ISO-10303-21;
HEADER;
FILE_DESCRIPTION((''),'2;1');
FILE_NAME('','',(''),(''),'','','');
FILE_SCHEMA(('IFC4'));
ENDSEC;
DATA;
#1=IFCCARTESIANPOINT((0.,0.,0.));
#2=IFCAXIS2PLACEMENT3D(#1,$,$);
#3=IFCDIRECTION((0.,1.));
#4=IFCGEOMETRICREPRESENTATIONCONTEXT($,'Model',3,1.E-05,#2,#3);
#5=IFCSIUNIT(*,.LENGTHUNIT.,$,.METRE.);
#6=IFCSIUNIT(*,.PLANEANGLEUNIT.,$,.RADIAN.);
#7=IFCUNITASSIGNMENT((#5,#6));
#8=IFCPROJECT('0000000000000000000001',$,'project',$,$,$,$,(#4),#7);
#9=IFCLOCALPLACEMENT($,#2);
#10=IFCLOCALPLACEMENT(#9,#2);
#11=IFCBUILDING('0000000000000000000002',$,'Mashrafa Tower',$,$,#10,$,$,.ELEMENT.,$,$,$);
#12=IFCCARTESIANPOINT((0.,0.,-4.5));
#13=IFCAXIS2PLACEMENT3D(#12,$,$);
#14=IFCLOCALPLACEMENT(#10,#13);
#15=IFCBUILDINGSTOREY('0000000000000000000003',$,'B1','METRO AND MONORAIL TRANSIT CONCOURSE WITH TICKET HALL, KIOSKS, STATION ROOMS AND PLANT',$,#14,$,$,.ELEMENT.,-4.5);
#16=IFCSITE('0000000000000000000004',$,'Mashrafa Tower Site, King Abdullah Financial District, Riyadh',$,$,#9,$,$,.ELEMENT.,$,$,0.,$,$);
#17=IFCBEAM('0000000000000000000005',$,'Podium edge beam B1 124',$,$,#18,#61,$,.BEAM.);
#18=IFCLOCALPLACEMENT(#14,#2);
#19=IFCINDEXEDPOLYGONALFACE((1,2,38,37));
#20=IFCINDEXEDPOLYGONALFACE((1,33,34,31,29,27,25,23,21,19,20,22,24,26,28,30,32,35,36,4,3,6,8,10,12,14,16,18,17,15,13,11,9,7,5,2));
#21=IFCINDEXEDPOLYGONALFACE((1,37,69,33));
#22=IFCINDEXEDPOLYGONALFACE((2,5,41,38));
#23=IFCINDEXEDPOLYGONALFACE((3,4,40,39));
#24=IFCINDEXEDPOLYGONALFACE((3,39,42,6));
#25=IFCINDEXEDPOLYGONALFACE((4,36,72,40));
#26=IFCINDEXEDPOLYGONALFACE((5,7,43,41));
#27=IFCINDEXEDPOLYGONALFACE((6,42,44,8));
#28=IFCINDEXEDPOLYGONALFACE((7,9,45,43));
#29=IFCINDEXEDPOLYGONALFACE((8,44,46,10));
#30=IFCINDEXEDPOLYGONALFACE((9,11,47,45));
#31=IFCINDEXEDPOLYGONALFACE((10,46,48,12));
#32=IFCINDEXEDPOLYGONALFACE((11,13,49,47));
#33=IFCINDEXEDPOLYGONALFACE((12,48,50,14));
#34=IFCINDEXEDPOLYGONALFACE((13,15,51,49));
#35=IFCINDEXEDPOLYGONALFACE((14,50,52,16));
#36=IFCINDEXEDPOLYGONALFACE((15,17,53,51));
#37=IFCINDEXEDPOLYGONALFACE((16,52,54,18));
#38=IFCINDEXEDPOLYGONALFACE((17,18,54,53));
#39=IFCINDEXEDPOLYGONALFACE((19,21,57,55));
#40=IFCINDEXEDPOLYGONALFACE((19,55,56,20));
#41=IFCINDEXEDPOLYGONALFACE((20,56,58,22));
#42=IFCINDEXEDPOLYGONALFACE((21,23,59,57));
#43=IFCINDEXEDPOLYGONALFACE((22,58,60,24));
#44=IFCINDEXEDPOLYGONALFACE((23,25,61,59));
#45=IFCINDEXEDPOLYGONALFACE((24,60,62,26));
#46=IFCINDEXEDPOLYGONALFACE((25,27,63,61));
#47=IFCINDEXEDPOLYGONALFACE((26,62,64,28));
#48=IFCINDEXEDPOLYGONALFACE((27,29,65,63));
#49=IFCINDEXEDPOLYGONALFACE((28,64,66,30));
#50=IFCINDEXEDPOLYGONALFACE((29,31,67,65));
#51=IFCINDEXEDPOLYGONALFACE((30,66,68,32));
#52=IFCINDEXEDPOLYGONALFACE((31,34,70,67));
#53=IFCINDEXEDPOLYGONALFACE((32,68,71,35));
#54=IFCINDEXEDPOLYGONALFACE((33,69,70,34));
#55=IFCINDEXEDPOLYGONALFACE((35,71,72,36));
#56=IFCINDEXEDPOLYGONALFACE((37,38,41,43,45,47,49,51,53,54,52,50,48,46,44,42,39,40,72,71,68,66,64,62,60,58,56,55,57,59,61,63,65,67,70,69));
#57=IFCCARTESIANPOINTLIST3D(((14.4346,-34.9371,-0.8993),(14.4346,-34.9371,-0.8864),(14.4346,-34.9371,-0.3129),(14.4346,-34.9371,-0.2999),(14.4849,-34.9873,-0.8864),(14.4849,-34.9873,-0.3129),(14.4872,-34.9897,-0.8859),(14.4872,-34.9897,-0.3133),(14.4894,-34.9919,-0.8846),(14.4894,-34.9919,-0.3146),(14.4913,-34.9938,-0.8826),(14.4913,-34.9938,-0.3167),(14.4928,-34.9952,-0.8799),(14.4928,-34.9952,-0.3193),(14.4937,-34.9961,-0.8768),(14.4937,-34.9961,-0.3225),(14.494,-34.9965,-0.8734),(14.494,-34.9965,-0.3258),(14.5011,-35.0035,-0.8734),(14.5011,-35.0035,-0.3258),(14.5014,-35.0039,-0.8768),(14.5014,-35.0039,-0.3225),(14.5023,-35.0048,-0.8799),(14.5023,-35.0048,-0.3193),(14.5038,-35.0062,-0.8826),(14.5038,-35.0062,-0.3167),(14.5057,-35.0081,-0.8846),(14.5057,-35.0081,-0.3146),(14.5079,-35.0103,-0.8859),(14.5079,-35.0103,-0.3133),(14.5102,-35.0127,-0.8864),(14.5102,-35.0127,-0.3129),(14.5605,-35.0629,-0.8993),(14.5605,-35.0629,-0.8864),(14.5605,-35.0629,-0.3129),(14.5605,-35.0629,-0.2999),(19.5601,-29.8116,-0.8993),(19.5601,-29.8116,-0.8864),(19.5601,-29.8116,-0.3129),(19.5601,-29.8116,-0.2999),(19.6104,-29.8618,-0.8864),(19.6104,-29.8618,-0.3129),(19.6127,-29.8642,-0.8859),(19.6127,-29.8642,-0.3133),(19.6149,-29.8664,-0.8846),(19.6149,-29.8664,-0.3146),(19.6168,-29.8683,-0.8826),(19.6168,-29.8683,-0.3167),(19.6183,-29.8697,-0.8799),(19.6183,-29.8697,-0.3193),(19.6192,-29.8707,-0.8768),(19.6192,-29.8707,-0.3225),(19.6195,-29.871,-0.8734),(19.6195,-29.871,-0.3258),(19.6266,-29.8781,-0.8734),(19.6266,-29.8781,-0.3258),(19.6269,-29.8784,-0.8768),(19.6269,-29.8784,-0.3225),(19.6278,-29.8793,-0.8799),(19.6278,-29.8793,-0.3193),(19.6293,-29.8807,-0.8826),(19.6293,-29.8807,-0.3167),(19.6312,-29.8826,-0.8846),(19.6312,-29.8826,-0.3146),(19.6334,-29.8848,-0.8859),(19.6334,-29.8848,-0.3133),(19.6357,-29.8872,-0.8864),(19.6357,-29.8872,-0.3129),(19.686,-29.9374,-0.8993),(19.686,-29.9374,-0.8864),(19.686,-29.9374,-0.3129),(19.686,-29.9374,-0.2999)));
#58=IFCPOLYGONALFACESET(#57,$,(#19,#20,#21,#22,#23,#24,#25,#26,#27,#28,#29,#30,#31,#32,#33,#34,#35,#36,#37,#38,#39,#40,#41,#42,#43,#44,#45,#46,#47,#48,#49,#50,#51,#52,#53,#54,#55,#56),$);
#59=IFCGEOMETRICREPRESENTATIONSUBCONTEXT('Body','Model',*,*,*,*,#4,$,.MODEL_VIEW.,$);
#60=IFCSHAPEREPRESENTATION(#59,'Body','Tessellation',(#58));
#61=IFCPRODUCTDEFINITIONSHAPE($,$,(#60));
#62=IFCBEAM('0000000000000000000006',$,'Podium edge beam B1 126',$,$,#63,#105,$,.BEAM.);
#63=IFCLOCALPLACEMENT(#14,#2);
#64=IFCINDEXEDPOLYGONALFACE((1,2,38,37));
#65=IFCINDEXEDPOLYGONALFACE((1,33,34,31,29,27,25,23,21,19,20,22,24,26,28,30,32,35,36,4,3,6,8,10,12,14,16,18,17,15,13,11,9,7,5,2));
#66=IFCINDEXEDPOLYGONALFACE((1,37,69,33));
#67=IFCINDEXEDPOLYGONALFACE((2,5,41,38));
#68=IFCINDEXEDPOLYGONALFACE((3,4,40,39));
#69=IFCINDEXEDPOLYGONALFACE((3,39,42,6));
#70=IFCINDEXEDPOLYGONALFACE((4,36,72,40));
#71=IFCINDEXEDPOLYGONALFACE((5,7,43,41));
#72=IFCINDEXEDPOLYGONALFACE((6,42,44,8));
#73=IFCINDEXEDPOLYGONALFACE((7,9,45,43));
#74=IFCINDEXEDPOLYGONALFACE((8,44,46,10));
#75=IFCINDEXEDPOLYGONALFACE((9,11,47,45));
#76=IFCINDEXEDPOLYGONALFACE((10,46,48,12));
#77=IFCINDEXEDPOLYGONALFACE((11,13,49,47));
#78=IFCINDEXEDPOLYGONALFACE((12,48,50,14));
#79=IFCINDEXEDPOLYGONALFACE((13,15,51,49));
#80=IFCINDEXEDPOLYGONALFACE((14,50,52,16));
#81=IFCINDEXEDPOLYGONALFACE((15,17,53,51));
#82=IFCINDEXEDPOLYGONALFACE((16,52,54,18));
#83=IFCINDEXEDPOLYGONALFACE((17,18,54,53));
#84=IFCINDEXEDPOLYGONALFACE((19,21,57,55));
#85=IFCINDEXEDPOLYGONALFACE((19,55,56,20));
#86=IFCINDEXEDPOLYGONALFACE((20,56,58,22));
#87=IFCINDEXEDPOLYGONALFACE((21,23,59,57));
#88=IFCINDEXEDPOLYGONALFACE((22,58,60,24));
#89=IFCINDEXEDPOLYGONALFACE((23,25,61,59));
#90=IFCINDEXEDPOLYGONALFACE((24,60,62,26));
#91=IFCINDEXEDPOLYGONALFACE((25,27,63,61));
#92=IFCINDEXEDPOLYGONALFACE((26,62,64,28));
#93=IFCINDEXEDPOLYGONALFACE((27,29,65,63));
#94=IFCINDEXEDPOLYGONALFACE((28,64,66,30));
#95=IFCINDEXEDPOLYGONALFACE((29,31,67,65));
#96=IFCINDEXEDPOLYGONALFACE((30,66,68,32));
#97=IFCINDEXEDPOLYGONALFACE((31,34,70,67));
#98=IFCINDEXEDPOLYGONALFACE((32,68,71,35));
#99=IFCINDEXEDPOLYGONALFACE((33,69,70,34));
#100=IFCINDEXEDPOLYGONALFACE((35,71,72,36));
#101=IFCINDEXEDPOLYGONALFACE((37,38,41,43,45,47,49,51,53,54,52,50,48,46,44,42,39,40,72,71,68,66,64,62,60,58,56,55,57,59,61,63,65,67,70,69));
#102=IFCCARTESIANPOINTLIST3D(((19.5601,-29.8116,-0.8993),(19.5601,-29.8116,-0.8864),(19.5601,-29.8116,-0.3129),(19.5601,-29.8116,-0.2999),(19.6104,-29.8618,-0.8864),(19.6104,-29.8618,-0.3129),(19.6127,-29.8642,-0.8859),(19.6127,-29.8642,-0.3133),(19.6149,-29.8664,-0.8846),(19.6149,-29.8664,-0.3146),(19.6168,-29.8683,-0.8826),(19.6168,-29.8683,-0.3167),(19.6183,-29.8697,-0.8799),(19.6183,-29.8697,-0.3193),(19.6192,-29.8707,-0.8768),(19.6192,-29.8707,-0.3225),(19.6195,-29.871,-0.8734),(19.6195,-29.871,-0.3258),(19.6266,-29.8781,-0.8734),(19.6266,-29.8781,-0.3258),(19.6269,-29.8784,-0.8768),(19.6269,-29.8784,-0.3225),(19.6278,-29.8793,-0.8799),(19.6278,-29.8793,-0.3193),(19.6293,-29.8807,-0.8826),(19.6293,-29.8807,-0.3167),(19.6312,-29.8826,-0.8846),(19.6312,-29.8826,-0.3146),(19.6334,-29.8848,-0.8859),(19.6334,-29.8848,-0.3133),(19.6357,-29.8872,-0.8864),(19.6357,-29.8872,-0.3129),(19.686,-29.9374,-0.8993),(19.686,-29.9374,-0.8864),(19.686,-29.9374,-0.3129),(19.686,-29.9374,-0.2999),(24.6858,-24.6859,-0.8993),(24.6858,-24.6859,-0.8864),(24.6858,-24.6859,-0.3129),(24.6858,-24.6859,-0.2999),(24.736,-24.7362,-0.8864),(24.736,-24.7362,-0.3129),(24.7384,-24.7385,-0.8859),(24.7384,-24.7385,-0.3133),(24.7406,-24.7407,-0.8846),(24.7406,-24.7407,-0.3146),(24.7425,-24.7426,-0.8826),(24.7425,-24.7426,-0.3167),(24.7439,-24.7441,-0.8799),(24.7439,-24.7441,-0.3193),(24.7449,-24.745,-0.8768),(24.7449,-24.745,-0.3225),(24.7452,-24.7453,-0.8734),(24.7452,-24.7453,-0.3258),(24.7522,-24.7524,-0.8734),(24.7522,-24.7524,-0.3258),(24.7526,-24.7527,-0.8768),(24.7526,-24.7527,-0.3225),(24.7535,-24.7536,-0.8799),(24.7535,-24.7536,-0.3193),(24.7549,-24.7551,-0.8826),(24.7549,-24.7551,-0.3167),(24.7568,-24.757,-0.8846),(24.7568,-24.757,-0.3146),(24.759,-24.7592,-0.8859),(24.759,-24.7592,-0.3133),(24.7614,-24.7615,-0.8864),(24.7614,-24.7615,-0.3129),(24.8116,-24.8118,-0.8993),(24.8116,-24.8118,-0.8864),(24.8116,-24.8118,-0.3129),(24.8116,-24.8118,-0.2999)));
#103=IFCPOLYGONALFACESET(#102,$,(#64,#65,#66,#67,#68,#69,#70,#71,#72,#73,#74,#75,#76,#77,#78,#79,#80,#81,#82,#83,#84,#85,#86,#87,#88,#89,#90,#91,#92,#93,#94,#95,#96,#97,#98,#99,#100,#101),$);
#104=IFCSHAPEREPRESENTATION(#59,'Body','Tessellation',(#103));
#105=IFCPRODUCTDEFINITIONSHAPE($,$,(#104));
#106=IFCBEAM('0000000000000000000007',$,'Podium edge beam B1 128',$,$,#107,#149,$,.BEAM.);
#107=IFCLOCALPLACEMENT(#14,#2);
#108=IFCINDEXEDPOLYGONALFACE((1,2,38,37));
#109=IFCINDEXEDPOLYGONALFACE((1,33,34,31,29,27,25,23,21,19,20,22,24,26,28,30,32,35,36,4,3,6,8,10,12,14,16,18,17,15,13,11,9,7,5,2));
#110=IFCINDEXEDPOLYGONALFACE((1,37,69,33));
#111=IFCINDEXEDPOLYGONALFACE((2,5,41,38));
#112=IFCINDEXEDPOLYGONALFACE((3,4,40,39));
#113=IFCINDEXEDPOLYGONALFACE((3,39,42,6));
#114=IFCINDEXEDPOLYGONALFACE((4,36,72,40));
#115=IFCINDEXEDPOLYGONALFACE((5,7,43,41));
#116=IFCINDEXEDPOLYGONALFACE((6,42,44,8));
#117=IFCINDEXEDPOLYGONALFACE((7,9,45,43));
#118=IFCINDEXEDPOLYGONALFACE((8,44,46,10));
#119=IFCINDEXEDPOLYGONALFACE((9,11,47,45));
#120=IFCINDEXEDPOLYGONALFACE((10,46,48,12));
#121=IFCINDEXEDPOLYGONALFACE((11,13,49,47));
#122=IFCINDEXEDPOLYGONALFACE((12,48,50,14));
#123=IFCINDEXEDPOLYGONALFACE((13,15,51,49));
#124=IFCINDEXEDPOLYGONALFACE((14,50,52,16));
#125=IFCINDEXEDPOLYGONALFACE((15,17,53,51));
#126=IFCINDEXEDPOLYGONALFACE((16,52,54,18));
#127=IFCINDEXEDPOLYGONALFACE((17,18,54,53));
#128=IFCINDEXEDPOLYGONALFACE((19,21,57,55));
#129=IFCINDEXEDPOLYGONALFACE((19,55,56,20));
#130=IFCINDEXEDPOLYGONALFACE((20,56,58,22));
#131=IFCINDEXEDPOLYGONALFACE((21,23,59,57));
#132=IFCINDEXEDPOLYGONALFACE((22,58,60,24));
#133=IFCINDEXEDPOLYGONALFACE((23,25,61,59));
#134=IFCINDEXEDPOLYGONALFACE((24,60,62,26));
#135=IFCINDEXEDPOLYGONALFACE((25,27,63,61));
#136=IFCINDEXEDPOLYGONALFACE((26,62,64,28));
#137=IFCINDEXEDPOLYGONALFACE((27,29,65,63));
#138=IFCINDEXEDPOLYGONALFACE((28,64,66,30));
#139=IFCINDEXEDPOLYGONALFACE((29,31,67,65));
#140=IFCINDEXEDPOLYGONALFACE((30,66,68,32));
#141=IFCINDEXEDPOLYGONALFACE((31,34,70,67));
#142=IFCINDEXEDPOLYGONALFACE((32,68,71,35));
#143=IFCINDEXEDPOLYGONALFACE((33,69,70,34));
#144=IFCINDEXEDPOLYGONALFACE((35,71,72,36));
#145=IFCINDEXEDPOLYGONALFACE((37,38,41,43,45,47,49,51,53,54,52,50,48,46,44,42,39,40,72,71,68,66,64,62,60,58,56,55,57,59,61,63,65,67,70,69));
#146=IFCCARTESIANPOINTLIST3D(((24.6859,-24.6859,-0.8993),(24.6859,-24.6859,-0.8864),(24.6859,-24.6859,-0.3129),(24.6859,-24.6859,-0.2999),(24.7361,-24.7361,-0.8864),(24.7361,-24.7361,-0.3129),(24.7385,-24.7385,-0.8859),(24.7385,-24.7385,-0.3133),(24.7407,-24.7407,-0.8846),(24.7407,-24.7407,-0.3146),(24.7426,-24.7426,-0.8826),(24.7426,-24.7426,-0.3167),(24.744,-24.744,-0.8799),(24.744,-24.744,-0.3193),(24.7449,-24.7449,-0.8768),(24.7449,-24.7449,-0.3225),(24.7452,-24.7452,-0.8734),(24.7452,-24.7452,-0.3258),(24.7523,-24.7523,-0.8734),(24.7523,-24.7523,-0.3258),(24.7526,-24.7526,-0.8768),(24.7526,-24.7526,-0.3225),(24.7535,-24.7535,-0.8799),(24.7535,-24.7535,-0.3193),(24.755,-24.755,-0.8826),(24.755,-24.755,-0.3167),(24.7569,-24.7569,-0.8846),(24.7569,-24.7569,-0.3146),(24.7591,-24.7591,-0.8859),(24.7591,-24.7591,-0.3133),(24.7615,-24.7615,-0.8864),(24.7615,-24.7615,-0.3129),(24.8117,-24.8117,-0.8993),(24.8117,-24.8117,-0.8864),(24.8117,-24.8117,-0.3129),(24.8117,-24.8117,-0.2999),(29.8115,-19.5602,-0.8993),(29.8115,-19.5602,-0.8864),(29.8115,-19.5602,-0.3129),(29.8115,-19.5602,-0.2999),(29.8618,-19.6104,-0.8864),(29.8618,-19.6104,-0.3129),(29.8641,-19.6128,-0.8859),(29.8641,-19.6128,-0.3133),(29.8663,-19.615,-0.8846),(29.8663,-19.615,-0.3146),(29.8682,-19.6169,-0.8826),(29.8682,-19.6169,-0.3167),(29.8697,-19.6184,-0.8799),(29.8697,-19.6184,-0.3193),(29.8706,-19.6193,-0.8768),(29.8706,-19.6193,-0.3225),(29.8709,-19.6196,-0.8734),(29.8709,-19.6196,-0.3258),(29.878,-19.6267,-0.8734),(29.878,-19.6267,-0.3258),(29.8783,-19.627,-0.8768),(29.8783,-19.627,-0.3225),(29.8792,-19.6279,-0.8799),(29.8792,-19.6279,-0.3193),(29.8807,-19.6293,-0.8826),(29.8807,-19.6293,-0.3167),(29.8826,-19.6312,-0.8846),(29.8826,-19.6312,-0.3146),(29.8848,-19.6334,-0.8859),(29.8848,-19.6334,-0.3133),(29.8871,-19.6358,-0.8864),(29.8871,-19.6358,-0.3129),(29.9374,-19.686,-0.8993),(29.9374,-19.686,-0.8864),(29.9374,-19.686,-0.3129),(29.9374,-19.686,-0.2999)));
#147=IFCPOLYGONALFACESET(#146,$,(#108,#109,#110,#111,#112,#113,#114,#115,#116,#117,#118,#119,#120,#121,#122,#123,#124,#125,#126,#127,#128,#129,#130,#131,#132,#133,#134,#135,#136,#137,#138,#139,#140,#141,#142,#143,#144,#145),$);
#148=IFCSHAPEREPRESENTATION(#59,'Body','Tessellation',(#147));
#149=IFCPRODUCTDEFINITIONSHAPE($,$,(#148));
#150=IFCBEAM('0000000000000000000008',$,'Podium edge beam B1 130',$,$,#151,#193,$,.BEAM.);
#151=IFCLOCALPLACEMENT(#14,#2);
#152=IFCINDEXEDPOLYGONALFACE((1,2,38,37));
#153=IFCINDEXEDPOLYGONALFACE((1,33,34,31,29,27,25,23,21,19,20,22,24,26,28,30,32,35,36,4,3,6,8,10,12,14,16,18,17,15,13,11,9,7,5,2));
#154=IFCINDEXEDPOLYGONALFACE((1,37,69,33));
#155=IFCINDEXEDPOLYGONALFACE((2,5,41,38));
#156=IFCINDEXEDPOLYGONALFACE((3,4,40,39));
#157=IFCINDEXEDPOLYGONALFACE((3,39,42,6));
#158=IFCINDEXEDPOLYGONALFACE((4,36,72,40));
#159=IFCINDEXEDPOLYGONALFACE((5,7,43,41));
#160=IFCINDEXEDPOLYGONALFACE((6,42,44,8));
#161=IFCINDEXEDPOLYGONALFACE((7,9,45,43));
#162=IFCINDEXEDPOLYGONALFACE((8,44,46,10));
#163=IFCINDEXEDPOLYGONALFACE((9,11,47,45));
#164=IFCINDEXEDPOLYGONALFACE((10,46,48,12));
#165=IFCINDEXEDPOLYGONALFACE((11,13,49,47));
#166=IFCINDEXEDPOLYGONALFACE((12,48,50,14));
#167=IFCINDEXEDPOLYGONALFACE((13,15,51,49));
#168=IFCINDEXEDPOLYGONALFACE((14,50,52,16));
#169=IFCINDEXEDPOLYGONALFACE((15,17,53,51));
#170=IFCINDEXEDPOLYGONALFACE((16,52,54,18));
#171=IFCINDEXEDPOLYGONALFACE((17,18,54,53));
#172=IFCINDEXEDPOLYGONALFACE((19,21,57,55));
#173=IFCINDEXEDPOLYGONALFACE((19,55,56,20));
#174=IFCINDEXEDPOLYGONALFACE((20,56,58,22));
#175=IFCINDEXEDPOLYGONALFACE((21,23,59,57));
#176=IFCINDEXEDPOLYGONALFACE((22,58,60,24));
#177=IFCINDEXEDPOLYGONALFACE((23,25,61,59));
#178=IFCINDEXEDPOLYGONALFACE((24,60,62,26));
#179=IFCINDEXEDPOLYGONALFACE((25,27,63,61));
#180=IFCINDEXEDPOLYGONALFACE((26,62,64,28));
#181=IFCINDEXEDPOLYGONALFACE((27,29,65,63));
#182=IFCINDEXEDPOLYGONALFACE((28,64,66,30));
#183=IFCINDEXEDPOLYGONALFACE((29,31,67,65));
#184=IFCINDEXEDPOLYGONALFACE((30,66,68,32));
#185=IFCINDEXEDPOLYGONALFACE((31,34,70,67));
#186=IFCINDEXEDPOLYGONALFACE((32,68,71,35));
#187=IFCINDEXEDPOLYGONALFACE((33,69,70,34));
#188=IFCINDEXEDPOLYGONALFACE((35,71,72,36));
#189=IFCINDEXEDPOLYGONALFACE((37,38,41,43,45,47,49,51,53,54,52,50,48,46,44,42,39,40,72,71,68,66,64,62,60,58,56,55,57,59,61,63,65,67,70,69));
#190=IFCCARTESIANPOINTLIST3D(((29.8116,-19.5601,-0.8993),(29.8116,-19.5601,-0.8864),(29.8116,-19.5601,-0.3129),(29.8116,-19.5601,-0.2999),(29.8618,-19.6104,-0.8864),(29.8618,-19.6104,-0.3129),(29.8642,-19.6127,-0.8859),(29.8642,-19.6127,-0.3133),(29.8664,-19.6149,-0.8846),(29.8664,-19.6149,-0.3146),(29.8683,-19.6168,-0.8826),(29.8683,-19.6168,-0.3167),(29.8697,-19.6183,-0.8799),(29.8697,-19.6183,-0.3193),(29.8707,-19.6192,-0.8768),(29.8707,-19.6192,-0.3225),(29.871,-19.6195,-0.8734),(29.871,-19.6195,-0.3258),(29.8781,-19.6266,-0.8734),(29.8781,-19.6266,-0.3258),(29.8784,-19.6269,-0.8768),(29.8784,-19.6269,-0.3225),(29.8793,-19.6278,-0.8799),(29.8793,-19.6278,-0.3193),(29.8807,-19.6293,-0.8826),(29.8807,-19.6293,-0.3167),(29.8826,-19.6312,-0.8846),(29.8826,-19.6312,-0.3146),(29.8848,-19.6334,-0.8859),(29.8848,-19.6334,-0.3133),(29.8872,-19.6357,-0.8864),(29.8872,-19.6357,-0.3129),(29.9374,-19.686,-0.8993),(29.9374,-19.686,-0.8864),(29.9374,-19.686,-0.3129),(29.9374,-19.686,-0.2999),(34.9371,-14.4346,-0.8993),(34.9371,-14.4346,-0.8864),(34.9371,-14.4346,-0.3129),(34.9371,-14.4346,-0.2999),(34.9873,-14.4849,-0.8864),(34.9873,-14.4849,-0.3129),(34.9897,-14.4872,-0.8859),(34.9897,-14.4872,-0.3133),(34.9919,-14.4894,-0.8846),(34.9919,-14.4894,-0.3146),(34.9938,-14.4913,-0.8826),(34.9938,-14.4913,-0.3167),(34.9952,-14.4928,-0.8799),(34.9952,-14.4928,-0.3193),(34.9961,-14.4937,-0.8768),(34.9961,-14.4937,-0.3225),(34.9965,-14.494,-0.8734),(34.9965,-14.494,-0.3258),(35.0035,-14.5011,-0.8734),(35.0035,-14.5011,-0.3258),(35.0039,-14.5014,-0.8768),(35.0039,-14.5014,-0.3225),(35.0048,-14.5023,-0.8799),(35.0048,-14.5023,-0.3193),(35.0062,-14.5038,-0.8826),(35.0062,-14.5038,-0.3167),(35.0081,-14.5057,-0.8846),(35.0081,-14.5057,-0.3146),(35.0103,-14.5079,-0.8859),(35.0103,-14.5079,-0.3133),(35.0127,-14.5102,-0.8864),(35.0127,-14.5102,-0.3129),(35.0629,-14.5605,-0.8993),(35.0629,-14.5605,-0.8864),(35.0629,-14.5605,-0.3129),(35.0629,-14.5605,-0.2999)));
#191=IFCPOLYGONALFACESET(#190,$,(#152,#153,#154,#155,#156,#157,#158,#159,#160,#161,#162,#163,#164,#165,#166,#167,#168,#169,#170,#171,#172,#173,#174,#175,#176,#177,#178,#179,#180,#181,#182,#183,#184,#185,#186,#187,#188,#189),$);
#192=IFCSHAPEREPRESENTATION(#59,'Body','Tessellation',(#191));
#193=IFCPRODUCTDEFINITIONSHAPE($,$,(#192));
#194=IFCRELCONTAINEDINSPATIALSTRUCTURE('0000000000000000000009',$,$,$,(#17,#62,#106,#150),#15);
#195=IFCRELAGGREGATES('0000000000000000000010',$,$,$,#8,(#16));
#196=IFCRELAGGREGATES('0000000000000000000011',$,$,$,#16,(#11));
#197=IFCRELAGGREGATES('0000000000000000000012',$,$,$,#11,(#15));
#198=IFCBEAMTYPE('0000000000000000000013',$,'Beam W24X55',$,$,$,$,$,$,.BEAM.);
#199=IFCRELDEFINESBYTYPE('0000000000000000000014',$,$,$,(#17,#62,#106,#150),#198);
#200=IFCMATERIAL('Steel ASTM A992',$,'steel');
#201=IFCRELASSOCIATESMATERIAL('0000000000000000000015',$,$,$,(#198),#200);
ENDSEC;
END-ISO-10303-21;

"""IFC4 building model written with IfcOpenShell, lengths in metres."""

from ifc_helpers import new_model, si_unit, direction, frame, origin, origin_2d, place, context, subcontext, project, spatial, i_section, extrude, material, material_profile, profile_set, type_object, element, save


model = new_model("IFC4")

# Units and contexts
model_context = context("Model", 3, precision=1e-05, world=origin(), true_north=direction((0.0, 1.0)))
body_context = subcontext(model_context, "Body", "Model", "MODEL_VIEW")
ifc_project = project(units=[si_unit("LENGTHUNIT", "METRE"), si_unit("PLANEANGLEUNIT", "RADIAN")], contexts=[model_context])

# Site, building, storey
site_placement = place(None, origin())
site = spatial("IfcSite", under=ifc_project, at=site_placement, Name="Mashrafa Tower Site, King Abdullah Financial District, Riyadh", CompositionType="ELEMENT", RefElevation=0.0)
building_placement = place(site_placement, origin())
building = spatial("IfcBuilding", under=site, at=building_placement, Name="Mashrafa Tower", CompositionType="ELEMENT")
storey_placement = place(building_placement, frame((0.0, 0.0, -4.5)))
storey = spatial("IfcBuildingStorey", under=building, at=storey_placement, Name="B1", Description="METRO AND MONORAIL TRANSIT CONCOURSE WITH TICKET HALL, KIOSKS, STATION ROOMS AND PLANT", CompositionType="ELEMENT", Elevation=-4.5)

# Beams
ifc_material_1 = material(Name="Steel ASTM A992", Category="steel")
ifc_material_profile_1 = material_profile(ifc_material_1, i_section(OverallWidth=0.178, OverallDepth=0.5994, WebThickness=0.01, FlangeThickness=0.0129, FilletRadius=0.0129, at=origin_2d()), Name="W24X55")
ifc_profile_set_1 = profile_set([ifc_material_profile_1], Name="Steel ASTM A992")
beam_type_1 = type_object("IfcBeamType", Name="Beam W24X55", PredefinedType="BEAM", material=ifc_profile_set_1)
beam_1_placement = place(storey_placement, frame((14.4976, -35.0, -0.5996), z_axis=(0.707107, 0.707107, 0.0), x_axis=(-0.707107, 0.707107, 0.0)))
element("IfcBeam", 1, at=beam_1_placement, inside=storey, type_object=beam_type_1, Name="Podium edge beam B1 124", PredefinedType="BEAM", context=body_context, shape_type="SweptSolid", body=[
    extrude(i_section(OverallWidth=0.178, OverallDepth=0.5994, WebThickness=0.01, FlangeThickness=0.0129, FilletRadius=0.0129, at=origin_2d()), origin(), (0.0, 0.0, 1.0), 7.2485),
])
for number, where, z_axis, x_axis, name in (
    (2, (19.623, -29.8745, -0.5996), (0.707107, 0.707107, 0.0), (-0.707107, 0.707107, 0.0), "Podium edge beam B1 126"),
    (3, (24.7488, -24.7488, -0.5996), (0.707107, 0.707107, 0.0), (-0.707107, 0.707107, 0.0), "Podium edge beam B1 128"),
):
    element("IfcBeam", number, at=place(storey_placement, frame(where, z_axis=z_axis, x_axis=x_axis)), inside=storey, type_object=beam_type_1, Name=name, PredefinedType="BEAM", context=body_context, shape_type="SweptSolid", body=[
        extrude(i_section(OverallWidth=0.178, OverallDepth=0.5994, WebThickness=0.01, FlangeThickness=0.0129, FilletRadius=0.0129, at=origin_2d()), origin(), (0.0, 0.0, 1.0), 7.2488),
    ])
beam_2_placement = place(storey_placement, frame((29.8745, -19.623, -0.5996), z_axis=(0.707107, 0.707107, 0.0), x_axis=(-0.707107, 0.707107, 0.0)))
element("IfcBeam", 4, at=beam_2_placement, inside=storey, type_object=beam_type_1, Name="Podium edge beam B1 130", PredefinedType="BEAM", context=body_context, shape_type="SweptSolid", body=[
    extrude(i_section(OverallWidth=0.178, OverallDepth=0.5994, WebThickness=0.01, FlangeThickness=0.0129, FilletRadius=0.0129, at=origin_2d()), origin(), (0.0, 0.0, 1.0), 7.2485),
])

save(model, "model.ifc")
